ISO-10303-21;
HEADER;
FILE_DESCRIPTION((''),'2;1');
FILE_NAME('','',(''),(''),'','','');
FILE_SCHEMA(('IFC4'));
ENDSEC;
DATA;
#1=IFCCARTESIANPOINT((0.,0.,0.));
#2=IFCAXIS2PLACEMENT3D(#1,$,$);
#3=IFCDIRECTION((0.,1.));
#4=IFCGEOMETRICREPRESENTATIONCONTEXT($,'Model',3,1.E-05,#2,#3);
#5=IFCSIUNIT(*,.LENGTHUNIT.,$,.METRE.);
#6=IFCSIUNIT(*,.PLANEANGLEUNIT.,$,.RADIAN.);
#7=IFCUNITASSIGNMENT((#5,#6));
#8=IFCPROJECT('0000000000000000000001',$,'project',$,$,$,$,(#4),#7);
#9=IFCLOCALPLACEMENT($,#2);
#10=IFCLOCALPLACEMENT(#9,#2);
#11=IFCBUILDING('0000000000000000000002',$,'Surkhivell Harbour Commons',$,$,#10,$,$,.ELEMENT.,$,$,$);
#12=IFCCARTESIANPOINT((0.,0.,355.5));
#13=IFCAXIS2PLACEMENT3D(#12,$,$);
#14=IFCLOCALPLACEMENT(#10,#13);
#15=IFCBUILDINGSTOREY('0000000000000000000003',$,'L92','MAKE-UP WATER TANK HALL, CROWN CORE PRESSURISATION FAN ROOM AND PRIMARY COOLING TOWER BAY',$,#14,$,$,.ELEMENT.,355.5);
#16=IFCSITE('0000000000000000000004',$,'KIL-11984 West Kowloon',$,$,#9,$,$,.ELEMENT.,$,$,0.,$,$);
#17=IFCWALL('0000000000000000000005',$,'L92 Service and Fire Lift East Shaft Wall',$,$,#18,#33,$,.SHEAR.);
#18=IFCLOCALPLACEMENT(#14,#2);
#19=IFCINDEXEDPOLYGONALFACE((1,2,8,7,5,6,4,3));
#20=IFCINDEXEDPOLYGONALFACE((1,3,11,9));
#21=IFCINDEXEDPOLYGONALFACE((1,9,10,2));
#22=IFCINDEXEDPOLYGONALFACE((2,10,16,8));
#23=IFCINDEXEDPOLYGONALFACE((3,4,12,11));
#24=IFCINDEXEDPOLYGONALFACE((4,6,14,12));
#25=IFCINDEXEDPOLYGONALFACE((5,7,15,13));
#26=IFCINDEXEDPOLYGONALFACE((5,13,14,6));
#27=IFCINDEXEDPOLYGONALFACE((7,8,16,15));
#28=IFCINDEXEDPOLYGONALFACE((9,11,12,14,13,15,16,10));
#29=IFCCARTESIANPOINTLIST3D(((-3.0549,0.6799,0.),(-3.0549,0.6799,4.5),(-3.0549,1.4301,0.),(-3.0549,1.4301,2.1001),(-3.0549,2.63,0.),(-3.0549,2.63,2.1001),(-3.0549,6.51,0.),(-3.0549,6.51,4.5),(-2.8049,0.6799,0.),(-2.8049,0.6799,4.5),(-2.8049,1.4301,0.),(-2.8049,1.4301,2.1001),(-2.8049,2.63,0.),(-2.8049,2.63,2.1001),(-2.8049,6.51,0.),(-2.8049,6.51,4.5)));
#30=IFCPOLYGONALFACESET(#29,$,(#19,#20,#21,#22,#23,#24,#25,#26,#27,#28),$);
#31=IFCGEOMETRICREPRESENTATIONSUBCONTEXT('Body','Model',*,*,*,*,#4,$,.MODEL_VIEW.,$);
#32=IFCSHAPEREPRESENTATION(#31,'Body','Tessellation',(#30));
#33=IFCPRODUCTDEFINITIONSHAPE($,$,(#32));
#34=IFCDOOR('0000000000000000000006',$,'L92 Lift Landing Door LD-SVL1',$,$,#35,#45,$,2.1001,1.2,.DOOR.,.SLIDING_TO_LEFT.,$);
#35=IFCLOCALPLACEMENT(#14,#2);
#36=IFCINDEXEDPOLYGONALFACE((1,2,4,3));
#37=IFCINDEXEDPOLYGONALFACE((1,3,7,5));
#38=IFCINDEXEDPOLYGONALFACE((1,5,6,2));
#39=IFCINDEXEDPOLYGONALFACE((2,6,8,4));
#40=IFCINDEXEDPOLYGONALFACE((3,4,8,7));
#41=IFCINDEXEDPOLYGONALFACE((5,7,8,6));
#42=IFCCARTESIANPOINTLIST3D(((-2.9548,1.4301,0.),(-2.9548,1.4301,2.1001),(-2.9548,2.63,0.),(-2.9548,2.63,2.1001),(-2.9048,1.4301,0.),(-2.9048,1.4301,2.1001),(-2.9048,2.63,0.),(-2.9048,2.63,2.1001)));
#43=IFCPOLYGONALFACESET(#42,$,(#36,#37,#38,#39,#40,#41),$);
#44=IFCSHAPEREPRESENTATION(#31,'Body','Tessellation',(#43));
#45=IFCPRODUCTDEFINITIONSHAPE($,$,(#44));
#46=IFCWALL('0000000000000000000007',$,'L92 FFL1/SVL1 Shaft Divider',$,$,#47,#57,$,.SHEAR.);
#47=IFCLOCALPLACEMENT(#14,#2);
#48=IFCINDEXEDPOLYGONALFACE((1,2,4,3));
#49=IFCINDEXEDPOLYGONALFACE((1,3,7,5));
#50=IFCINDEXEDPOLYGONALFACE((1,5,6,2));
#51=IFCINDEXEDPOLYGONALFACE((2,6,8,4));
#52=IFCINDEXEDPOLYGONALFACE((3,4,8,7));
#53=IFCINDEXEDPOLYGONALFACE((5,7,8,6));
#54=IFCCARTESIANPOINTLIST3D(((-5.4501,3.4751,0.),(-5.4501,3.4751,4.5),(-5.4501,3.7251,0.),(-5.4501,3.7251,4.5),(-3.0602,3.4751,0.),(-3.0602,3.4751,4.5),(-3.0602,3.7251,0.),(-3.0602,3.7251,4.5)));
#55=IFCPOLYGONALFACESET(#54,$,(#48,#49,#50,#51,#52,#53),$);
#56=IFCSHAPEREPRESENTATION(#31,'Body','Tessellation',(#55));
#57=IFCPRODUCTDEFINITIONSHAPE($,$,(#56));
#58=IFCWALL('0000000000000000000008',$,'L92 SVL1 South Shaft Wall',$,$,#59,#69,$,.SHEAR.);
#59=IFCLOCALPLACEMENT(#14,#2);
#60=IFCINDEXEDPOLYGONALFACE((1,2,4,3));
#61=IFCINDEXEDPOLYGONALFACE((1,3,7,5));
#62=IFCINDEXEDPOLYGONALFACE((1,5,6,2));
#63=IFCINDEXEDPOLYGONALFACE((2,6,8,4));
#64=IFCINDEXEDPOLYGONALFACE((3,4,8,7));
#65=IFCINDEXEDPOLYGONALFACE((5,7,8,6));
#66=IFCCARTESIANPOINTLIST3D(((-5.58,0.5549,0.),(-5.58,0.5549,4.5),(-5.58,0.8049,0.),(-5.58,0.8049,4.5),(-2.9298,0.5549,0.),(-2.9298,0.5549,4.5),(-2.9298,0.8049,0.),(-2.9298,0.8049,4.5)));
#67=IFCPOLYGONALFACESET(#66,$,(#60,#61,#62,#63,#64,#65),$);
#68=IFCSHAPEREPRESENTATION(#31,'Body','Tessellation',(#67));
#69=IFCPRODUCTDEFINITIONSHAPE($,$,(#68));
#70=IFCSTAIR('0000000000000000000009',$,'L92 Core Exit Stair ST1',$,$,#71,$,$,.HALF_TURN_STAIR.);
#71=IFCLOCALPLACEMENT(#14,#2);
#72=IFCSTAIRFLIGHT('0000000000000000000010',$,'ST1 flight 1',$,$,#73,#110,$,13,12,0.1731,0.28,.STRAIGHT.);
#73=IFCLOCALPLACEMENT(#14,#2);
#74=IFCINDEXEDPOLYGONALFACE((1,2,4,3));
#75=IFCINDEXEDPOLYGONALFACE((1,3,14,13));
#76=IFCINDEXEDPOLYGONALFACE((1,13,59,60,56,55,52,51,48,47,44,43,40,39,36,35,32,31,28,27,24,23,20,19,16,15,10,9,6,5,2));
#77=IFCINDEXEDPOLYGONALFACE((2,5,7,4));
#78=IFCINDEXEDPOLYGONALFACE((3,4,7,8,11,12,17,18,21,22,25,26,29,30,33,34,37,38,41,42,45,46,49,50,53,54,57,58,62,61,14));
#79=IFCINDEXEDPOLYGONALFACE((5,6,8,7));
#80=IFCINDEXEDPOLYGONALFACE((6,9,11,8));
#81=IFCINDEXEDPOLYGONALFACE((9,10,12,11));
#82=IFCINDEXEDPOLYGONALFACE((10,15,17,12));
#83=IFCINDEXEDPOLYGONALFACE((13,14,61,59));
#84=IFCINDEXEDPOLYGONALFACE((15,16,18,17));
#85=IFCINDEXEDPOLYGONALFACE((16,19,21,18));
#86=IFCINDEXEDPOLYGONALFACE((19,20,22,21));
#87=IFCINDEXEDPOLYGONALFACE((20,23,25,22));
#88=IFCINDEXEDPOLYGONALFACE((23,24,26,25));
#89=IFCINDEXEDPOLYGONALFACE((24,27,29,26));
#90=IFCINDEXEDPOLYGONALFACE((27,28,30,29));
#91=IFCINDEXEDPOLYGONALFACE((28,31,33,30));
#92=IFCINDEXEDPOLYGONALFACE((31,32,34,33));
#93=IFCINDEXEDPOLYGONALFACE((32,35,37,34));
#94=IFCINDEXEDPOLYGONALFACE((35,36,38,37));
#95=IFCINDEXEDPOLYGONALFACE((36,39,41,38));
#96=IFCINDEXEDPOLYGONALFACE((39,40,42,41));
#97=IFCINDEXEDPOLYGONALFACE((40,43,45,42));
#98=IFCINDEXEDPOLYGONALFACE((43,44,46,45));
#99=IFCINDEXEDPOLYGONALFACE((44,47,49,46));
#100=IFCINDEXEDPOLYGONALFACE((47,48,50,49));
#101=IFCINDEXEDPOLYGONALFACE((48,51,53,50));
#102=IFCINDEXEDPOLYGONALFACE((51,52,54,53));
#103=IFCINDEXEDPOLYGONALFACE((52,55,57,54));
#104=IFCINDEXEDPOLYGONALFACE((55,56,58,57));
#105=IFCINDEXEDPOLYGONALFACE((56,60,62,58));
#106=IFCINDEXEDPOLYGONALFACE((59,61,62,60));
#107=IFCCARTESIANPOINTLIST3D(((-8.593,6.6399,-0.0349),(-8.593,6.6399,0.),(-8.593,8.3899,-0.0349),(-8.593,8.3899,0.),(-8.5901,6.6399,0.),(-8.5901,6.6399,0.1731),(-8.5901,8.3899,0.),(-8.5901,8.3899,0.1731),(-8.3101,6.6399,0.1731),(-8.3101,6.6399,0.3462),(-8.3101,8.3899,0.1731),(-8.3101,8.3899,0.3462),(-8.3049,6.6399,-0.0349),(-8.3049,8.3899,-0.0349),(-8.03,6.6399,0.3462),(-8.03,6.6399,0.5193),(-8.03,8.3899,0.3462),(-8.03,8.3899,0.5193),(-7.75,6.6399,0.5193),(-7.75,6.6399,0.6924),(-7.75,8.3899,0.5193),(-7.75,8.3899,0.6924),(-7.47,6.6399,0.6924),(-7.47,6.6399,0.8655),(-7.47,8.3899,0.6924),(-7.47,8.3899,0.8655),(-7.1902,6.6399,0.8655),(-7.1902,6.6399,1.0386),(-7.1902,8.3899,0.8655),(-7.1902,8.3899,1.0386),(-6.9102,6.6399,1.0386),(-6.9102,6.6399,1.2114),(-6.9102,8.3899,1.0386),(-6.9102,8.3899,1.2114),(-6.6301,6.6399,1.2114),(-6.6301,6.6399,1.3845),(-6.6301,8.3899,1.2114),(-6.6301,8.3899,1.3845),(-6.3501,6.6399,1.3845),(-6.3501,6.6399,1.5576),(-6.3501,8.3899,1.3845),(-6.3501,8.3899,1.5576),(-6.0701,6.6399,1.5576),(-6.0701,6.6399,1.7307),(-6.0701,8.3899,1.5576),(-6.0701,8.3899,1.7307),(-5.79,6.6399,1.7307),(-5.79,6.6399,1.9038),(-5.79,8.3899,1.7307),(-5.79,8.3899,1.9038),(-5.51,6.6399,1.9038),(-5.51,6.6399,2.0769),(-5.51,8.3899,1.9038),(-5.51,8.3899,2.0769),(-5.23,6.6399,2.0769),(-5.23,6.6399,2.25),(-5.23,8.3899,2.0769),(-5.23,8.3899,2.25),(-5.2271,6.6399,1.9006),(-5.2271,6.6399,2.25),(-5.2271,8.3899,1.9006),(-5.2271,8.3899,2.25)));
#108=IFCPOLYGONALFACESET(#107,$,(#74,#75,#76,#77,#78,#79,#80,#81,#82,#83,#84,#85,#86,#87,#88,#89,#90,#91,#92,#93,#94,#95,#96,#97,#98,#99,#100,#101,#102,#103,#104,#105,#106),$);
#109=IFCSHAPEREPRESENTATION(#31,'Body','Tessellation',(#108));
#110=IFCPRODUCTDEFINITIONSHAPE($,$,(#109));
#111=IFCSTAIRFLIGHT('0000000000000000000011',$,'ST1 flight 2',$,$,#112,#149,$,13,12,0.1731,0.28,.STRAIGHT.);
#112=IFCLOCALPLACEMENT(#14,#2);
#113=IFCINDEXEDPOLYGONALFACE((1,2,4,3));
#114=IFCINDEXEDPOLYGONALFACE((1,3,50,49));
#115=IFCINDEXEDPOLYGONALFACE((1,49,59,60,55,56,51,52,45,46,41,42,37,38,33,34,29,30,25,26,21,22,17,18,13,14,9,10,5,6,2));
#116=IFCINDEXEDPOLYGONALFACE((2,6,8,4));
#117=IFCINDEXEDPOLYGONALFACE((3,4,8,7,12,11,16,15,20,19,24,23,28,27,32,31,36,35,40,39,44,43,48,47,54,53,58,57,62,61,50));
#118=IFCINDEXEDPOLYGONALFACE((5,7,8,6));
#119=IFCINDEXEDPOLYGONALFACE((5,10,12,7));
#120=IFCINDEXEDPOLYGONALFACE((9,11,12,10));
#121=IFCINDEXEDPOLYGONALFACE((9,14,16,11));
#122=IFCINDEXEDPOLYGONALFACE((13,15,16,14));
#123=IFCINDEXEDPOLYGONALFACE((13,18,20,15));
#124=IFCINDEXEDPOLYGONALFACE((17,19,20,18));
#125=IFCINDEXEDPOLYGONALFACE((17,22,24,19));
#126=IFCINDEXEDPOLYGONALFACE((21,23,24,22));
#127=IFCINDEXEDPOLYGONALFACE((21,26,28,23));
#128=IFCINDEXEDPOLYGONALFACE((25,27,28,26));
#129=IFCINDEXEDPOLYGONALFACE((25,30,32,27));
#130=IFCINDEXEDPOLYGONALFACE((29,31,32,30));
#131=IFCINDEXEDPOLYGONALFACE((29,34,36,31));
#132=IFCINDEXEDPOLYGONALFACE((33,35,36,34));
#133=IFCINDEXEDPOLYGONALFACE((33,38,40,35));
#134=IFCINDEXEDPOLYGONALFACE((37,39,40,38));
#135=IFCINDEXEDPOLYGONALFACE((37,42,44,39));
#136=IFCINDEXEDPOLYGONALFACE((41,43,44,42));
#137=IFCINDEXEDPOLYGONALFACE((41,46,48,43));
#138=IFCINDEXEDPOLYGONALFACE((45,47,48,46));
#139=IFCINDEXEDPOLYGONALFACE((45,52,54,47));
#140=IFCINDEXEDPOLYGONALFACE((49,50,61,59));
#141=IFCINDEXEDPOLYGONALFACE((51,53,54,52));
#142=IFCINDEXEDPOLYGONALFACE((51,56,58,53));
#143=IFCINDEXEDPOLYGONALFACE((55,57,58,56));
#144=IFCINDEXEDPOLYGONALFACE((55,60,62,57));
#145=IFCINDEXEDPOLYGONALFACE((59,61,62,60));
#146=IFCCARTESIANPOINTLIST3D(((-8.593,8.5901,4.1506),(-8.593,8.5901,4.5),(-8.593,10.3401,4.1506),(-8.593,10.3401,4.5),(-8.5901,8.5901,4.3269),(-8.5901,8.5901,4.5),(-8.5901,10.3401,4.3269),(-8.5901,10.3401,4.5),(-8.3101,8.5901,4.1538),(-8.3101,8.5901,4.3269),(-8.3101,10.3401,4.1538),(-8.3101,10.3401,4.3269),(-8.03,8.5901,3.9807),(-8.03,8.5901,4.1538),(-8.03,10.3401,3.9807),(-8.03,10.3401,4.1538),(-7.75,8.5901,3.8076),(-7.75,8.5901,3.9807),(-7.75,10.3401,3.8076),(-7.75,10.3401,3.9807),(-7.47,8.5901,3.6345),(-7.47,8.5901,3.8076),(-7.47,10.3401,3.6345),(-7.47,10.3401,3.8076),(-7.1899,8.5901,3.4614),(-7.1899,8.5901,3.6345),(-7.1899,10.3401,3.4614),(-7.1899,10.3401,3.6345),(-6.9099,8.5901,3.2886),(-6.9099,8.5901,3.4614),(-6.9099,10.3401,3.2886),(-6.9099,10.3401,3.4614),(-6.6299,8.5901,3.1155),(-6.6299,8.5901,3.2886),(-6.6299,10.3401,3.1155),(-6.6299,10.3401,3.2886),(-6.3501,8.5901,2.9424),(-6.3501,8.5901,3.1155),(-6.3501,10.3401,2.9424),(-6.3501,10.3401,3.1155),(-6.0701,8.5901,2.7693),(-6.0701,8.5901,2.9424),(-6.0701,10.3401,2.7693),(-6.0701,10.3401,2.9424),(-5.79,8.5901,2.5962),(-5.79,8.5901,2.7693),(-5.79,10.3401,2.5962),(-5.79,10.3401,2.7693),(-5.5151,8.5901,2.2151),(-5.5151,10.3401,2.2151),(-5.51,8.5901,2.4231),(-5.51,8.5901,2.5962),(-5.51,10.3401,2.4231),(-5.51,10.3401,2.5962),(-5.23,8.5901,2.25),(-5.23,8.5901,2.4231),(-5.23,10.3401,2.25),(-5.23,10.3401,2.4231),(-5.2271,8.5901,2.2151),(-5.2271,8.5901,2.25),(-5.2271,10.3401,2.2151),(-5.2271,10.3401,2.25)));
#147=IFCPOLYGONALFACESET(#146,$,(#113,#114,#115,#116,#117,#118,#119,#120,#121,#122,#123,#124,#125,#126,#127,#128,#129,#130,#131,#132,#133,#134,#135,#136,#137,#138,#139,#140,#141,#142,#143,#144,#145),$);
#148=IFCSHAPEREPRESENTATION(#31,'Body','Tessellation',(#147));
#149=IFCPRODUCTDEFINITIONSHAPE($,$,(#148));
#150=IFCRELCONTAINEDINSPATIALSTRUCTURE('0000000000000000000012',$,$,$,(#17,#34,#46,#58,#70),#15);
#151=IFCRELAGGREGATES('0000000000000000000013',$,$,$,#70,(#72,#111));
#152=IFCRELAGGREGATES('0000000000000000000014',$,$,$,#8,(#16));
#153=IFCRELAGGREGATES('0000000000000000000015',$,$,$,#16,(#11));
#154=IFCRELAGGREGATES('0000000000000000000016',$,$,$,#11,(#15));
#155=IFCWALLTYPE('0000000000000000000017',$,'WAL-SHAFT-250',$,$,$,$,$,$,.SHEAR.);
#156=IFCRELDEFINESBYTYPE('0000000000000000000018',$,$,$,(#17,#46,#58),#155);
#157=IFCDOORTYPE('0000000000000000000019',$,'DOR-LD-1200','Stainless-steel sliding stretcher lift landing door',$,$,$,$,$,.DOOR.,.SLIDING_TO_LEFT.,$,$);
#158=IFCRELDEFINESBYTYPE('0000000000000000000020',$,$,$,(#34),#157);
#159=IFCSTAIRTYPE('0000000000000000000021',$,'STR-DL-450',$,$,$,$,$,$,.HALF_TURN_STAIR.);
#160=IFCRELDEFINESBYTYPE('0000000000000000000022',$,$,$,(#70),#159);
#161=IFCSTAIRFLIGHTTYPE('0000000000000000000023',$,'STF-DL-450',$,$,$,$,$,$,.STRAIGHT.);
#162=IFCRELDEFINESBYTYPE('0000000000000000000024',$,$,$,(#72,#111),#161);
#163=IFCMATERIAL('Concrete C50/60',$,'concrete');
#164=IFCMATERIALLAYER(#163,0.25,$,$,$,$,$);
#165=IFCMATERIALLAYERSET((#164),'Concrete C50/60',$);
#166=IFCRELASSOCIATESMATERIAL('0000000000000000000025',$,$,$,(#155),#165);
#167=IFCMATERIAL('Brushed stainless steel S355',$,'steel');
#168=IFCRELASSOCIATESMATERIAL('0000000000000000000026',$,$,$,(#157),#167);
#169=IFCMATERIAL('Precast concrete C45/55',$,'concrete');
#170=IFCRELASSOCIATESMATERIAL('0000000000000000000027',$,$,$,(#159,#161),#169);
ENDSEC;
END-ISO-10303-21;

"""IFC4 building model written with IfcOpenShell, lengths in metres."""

from ifc_helpers import new_model, si_unit, direction, frame, frame_2d, origin, place, context, subcontext, project, spatial, polyline, rectangle, outline, extrude, material, layer, layer_set, type_object, element, fill, aggregate, save


model = new_model("IFC4")

# Units and contexts
model_context = context("Model", 3, precision=1e-05, world=origin(), true_north=direction((0.0, 1.0)))
body_context = subcontext(model_context, "Body", "Model", "MODEL_VIEW")
ifc_project = project(units=[si_unit("LENGTHUNIT", "METRE"), si_unit("PLANEANGLEUNIT", "RADIAN")], contexts=[model_context])

# Site, building, storey
site_placement = place(None, origin())
site = spatial("IfcSite", under=ifc_project, at=site_placement, Name="KIL-11984 West Kowloon", CompositionType="ELEMENT", RefElevation=0.0)
building_placement = place(site_placement, origin())
building = spatial("IfcBuilding", under=site, at=building_placement, Name="Surkhivell Harbour Commons", CompositionType="ELEMENT")
storey_placement = place(building_placement, frame((0.0, 0.0, 355.5)))
storey = spatial("IfcBuildingStorey", under=building, at=storey_placement, Name="L92", Description="MAKE-UP WATER TANK HALL, CROWN CORE PRESSURISATION FAN ROOM AND PRIMARY COOLING TOWER BAY", CompositionType="ELEMENT", Elevation=355.5)

# Shared definitions
ifc_material_1 = material(Name="Concrete C50/60", Category="concrete")

# Wall, opening, door
ifc_layer_1 = layer(ifc_material_1, 0.25)
ifc_layer_set_1 = layer_set([ifc_layer_1], Name="Concrete C50/60")
wall_type_1 = type_object("IfcWallType", Name="WAL-SHAFT-250", PredefinedType="SHEAR", material=ifc_layer_set_1)
ifc_material_2 = material(Name="Brushed stainless steel S355", Category="steel")
wall_1_placement = place(storey_placement, frame((-2.9299, 0.6799, 0.0), z_axis=(0.0, 0.0, 1.0), x_axis=(0.0, 1.0, 0.0)))
wall_1 = element("IfcWall", 1, at=wall_1_placement, inside=storey, type_object=wall_type_1, Name="L92 Service and Fire Lift East Shaft Wall", PredefinedType="SHEAR", context=body_context, shape_type="SweptSolid", body=[
    extrude(rectangle(XDim=5.8301, YDim=0.25, at=frame_2d((2.915, 0.0))), origin(), (0.0, 0.0, 1.0), 4.5),
])
opening_1_placement = place(wall_1_placement, frame((0.75, 0.0, 0.0)))
opening_1 = element("IfcOpeningElement", 2, at=opening_1_placement, cuts=wall_1, PredefinedType="OPENING", context=body_context, shape_type="SweptSolid", body=[
    extrude(rectangle(XDim=1.2, YDim=2.1001, at=frame_2d((0.6001, 1.05))), frame((0.0, 0.135, 0.0), z_axis=(0.0, -1.0, 0.0), x_axis=(1.0, 0.0, 0.0)), (0.0, 0.0, 1.0), 0.27),
])
door_type_1 = type_object("IfcDoorType", Name="DOR-LD-1200", Description="Stainless-steel sliding stretcher lift landing door", OperationType="SLIDING_TO_LEFT", PredefinedType="DOOR", material=ifc_material_2)
door_1_placement = place(opening_1_placement, origin())
door_1 = element("IfcDoor", 3, at=door_1_placement, inside=storey, type_object=door_type_1, Name="L92 Lift Landing Door LD-SVL1", OperationType="SLIDING_TO_LEFT", OverallHeight=2.1001, OverallWidth=1.2, PredefinedType="DOOR", context=body_context, shape_type="SweptSolid", body=[
    extrude(rectangle(XDim=1.2, YDim=2.1001, at=frame_2d((0.6001, 1.05))), frame((0.0, 0.0249, 0.0), z_axis=(0.0, -1.0, 0.0), x_axis=(1.0, 0.0, 0.0)), (0.0, 0.0, 1.0), 0.05),
])
fill(opening_1, door_1)

# Walls
wall_2_placement = place(storey_placement, frame((-5.45, 3.6001, 0.0), z_axis=(0.0, 0.0, 1.0), x_axis=(1.0, 0.0, 0.0)))
element("IfcWall", 4, at=wall_2_placement, inside=storey, type_object=wall_type_1, Name="L92 FFL1/SVL1 Shaft Divider", PredefinedType="SHEAR", context=body_context, shape_type="SweptSolid", body=[
    extrude(rectangle(XDim=2.3899, YDim=0.25, at=frame_2d((1.1948, 0.0))), origin(), (0.0, 0.0, 1.0), 4.5),
])
wall_3_placement = place(storey_placement, frame((-5.5801, 0.6799, 0.0), z_axis=(0.0, 0.0, 1.0), x_axis=(1.0, 0.0, 0.0)))
element("IfcWall", 5, at=wall_3_placement, inside=storey, type_object=wall_type_1, Name="L92 SVL1 South Shaft Wall", PredefinedType="SHEAR", context=body_context, shape_type="SweptSolid", body=[
    extrude(rectangle(XDim=2.6501, YDim=0.25, at=frame_2d((1.3252, 0.0))), origin(), (0.0, 0.0, 1.0), 4.5),
])

# Stair, stair flights
ifc_material_3 = material(Name="Precast concrete C45/55", Category="concrete")
stair_type = type_object("IfcStairType", Name="STR-DL-450", PredefinedType="HALF_TURN_STAIR", material=ifc_material_3)
stair_placement = place(storey_placement, origin())
stair = element("IfcStair", 6, at=stair_placement, inside=storey, type_object=stair_type, Name="L92 Core Exit Stair ST1", PredefinedType="HALF_TURN_STAIR")
stair_flight_type = type_object("IfcStairFlightType", Name="STF-DL-450", PredefinedType="STRAIGHT", material=ifc_material_3)
stair_flight_1_placement = place(storey_placement, frame((-8.5901, 7.5149, 0.0), z_axis=(0.0, 0.0, 1.0), x_axis=(1.0, 0.0, 0.0)))
stair_flight_1 = element("IfcStairFlight", 7, at=stair_flight_1_placement, type_object=stair_flight_type, Name="ST1 flight 1", NumberOfRisers=13, NumberOfTreads=12, PredefinedType="STRAIGHT", RiserHeight=0.1731, TreadLength=0.28, context=body_context, shape_type="SweptSolid", body=[
    extrude(outline(polyline([(-0.0029, -0.0349), (-0.0029, 0.0), (0.0, 0.0), (0.0, 0.1731), (0.28, 0.1731), (0.28, 0.3462), (0.5601, 0.3462), (0.5601, 0.5193), (0.8401, 0.5193), (0.8401, 0.6924), (1.1201, 0.6924), (1.1201, 0.8655), (1.3999, 0.8655), (1.3999, 1.0386), (1.6799, 1.0386), (1.6799, 1.2114), (1.96, 1.2114), (1.96, 1.3845), (2.24, 1.3845), (2.24, 1.5576), (2.52, 1.5576), (2.52, 1.7307), (2.8, 1.7307), (2.8, 1.9038), (3.0801, 1.9038), (3.0801, 2.0769), (3.3601, 2.0769), (3.3601, 2.25), (3.363, 2.25), (3.363, 1.9006), (0.2852, -0.0349), (-0.0029, -0.0349)])), frame((0.0, 0.875, 0.0), z_axis=(0.0, -1.0, 0.0), x_axis=(1.0, 0.0, 0.0)), (0.0, 0.0, 1.0), 1.75),
])
stair_flight_2_placement = place(storey_placement, frame((-5.23, 9.4651, 2.25), z_axis=(0.0, 0.0, 1.0), x_axis=(-1.0, 0.0, 0.0)))
stair_flight_2 = element("IfcStairFlight", 8, at=stair_flight_2_placement, type_object=stair_flight_type, Name="ST1 flight 2", NumberOfRisers=13, NumberOfTreads=12, PredefinedType="STRAIGHT", RiserHeight=0.1731, TreadLength=0.28, context=body_context, shape_type="SweptSolid", body=[
    extrude(outline(polyline([(-0.0029, -0.0349), (-0.0029, 0.0), (0.0, 0.0), (0.0, 0.1731), (0.28, 0.1731), (0.28, 0.3462), (0.5601, 0.3462), (0.5601, 0.5193), (0.8401, 0.5193), (0.8401, 0.6924), (1.1201, 0.6924), (1.1201, 0.8655), (1.3999, 0.8655), (1.3999, 1.0386), (1.6799, 1.0386), (1.6799, 1.2114), (1.96, 1.2114), (1.96, 1.3845), (2.24, 1.3845), (2.24, 1.5576), (2.52, 1.5576), (2.52, 1.7307), (2.8, 1.7307), (2.8, 1.9038), (3.0801, 1.9038), (3.0801, 2.0769), (3.3601, 2.0769), (3.3601, 2.25), (3.363, 2.25), (3.363, 1.9006), (0.2852, -0.0349), (-0.0029, -0.0349)])), frame((0.0, 0.875, 0.0), z_axis=(0.0, -1.0, 0.0), x_axis=(1.0, 0.0, 0.0)), (0.0, 0.0, 1.0), 1.75),
])
aggregate(stair, [stair_flight_1, stair_flight_2])

save(model, "model.ifc")
